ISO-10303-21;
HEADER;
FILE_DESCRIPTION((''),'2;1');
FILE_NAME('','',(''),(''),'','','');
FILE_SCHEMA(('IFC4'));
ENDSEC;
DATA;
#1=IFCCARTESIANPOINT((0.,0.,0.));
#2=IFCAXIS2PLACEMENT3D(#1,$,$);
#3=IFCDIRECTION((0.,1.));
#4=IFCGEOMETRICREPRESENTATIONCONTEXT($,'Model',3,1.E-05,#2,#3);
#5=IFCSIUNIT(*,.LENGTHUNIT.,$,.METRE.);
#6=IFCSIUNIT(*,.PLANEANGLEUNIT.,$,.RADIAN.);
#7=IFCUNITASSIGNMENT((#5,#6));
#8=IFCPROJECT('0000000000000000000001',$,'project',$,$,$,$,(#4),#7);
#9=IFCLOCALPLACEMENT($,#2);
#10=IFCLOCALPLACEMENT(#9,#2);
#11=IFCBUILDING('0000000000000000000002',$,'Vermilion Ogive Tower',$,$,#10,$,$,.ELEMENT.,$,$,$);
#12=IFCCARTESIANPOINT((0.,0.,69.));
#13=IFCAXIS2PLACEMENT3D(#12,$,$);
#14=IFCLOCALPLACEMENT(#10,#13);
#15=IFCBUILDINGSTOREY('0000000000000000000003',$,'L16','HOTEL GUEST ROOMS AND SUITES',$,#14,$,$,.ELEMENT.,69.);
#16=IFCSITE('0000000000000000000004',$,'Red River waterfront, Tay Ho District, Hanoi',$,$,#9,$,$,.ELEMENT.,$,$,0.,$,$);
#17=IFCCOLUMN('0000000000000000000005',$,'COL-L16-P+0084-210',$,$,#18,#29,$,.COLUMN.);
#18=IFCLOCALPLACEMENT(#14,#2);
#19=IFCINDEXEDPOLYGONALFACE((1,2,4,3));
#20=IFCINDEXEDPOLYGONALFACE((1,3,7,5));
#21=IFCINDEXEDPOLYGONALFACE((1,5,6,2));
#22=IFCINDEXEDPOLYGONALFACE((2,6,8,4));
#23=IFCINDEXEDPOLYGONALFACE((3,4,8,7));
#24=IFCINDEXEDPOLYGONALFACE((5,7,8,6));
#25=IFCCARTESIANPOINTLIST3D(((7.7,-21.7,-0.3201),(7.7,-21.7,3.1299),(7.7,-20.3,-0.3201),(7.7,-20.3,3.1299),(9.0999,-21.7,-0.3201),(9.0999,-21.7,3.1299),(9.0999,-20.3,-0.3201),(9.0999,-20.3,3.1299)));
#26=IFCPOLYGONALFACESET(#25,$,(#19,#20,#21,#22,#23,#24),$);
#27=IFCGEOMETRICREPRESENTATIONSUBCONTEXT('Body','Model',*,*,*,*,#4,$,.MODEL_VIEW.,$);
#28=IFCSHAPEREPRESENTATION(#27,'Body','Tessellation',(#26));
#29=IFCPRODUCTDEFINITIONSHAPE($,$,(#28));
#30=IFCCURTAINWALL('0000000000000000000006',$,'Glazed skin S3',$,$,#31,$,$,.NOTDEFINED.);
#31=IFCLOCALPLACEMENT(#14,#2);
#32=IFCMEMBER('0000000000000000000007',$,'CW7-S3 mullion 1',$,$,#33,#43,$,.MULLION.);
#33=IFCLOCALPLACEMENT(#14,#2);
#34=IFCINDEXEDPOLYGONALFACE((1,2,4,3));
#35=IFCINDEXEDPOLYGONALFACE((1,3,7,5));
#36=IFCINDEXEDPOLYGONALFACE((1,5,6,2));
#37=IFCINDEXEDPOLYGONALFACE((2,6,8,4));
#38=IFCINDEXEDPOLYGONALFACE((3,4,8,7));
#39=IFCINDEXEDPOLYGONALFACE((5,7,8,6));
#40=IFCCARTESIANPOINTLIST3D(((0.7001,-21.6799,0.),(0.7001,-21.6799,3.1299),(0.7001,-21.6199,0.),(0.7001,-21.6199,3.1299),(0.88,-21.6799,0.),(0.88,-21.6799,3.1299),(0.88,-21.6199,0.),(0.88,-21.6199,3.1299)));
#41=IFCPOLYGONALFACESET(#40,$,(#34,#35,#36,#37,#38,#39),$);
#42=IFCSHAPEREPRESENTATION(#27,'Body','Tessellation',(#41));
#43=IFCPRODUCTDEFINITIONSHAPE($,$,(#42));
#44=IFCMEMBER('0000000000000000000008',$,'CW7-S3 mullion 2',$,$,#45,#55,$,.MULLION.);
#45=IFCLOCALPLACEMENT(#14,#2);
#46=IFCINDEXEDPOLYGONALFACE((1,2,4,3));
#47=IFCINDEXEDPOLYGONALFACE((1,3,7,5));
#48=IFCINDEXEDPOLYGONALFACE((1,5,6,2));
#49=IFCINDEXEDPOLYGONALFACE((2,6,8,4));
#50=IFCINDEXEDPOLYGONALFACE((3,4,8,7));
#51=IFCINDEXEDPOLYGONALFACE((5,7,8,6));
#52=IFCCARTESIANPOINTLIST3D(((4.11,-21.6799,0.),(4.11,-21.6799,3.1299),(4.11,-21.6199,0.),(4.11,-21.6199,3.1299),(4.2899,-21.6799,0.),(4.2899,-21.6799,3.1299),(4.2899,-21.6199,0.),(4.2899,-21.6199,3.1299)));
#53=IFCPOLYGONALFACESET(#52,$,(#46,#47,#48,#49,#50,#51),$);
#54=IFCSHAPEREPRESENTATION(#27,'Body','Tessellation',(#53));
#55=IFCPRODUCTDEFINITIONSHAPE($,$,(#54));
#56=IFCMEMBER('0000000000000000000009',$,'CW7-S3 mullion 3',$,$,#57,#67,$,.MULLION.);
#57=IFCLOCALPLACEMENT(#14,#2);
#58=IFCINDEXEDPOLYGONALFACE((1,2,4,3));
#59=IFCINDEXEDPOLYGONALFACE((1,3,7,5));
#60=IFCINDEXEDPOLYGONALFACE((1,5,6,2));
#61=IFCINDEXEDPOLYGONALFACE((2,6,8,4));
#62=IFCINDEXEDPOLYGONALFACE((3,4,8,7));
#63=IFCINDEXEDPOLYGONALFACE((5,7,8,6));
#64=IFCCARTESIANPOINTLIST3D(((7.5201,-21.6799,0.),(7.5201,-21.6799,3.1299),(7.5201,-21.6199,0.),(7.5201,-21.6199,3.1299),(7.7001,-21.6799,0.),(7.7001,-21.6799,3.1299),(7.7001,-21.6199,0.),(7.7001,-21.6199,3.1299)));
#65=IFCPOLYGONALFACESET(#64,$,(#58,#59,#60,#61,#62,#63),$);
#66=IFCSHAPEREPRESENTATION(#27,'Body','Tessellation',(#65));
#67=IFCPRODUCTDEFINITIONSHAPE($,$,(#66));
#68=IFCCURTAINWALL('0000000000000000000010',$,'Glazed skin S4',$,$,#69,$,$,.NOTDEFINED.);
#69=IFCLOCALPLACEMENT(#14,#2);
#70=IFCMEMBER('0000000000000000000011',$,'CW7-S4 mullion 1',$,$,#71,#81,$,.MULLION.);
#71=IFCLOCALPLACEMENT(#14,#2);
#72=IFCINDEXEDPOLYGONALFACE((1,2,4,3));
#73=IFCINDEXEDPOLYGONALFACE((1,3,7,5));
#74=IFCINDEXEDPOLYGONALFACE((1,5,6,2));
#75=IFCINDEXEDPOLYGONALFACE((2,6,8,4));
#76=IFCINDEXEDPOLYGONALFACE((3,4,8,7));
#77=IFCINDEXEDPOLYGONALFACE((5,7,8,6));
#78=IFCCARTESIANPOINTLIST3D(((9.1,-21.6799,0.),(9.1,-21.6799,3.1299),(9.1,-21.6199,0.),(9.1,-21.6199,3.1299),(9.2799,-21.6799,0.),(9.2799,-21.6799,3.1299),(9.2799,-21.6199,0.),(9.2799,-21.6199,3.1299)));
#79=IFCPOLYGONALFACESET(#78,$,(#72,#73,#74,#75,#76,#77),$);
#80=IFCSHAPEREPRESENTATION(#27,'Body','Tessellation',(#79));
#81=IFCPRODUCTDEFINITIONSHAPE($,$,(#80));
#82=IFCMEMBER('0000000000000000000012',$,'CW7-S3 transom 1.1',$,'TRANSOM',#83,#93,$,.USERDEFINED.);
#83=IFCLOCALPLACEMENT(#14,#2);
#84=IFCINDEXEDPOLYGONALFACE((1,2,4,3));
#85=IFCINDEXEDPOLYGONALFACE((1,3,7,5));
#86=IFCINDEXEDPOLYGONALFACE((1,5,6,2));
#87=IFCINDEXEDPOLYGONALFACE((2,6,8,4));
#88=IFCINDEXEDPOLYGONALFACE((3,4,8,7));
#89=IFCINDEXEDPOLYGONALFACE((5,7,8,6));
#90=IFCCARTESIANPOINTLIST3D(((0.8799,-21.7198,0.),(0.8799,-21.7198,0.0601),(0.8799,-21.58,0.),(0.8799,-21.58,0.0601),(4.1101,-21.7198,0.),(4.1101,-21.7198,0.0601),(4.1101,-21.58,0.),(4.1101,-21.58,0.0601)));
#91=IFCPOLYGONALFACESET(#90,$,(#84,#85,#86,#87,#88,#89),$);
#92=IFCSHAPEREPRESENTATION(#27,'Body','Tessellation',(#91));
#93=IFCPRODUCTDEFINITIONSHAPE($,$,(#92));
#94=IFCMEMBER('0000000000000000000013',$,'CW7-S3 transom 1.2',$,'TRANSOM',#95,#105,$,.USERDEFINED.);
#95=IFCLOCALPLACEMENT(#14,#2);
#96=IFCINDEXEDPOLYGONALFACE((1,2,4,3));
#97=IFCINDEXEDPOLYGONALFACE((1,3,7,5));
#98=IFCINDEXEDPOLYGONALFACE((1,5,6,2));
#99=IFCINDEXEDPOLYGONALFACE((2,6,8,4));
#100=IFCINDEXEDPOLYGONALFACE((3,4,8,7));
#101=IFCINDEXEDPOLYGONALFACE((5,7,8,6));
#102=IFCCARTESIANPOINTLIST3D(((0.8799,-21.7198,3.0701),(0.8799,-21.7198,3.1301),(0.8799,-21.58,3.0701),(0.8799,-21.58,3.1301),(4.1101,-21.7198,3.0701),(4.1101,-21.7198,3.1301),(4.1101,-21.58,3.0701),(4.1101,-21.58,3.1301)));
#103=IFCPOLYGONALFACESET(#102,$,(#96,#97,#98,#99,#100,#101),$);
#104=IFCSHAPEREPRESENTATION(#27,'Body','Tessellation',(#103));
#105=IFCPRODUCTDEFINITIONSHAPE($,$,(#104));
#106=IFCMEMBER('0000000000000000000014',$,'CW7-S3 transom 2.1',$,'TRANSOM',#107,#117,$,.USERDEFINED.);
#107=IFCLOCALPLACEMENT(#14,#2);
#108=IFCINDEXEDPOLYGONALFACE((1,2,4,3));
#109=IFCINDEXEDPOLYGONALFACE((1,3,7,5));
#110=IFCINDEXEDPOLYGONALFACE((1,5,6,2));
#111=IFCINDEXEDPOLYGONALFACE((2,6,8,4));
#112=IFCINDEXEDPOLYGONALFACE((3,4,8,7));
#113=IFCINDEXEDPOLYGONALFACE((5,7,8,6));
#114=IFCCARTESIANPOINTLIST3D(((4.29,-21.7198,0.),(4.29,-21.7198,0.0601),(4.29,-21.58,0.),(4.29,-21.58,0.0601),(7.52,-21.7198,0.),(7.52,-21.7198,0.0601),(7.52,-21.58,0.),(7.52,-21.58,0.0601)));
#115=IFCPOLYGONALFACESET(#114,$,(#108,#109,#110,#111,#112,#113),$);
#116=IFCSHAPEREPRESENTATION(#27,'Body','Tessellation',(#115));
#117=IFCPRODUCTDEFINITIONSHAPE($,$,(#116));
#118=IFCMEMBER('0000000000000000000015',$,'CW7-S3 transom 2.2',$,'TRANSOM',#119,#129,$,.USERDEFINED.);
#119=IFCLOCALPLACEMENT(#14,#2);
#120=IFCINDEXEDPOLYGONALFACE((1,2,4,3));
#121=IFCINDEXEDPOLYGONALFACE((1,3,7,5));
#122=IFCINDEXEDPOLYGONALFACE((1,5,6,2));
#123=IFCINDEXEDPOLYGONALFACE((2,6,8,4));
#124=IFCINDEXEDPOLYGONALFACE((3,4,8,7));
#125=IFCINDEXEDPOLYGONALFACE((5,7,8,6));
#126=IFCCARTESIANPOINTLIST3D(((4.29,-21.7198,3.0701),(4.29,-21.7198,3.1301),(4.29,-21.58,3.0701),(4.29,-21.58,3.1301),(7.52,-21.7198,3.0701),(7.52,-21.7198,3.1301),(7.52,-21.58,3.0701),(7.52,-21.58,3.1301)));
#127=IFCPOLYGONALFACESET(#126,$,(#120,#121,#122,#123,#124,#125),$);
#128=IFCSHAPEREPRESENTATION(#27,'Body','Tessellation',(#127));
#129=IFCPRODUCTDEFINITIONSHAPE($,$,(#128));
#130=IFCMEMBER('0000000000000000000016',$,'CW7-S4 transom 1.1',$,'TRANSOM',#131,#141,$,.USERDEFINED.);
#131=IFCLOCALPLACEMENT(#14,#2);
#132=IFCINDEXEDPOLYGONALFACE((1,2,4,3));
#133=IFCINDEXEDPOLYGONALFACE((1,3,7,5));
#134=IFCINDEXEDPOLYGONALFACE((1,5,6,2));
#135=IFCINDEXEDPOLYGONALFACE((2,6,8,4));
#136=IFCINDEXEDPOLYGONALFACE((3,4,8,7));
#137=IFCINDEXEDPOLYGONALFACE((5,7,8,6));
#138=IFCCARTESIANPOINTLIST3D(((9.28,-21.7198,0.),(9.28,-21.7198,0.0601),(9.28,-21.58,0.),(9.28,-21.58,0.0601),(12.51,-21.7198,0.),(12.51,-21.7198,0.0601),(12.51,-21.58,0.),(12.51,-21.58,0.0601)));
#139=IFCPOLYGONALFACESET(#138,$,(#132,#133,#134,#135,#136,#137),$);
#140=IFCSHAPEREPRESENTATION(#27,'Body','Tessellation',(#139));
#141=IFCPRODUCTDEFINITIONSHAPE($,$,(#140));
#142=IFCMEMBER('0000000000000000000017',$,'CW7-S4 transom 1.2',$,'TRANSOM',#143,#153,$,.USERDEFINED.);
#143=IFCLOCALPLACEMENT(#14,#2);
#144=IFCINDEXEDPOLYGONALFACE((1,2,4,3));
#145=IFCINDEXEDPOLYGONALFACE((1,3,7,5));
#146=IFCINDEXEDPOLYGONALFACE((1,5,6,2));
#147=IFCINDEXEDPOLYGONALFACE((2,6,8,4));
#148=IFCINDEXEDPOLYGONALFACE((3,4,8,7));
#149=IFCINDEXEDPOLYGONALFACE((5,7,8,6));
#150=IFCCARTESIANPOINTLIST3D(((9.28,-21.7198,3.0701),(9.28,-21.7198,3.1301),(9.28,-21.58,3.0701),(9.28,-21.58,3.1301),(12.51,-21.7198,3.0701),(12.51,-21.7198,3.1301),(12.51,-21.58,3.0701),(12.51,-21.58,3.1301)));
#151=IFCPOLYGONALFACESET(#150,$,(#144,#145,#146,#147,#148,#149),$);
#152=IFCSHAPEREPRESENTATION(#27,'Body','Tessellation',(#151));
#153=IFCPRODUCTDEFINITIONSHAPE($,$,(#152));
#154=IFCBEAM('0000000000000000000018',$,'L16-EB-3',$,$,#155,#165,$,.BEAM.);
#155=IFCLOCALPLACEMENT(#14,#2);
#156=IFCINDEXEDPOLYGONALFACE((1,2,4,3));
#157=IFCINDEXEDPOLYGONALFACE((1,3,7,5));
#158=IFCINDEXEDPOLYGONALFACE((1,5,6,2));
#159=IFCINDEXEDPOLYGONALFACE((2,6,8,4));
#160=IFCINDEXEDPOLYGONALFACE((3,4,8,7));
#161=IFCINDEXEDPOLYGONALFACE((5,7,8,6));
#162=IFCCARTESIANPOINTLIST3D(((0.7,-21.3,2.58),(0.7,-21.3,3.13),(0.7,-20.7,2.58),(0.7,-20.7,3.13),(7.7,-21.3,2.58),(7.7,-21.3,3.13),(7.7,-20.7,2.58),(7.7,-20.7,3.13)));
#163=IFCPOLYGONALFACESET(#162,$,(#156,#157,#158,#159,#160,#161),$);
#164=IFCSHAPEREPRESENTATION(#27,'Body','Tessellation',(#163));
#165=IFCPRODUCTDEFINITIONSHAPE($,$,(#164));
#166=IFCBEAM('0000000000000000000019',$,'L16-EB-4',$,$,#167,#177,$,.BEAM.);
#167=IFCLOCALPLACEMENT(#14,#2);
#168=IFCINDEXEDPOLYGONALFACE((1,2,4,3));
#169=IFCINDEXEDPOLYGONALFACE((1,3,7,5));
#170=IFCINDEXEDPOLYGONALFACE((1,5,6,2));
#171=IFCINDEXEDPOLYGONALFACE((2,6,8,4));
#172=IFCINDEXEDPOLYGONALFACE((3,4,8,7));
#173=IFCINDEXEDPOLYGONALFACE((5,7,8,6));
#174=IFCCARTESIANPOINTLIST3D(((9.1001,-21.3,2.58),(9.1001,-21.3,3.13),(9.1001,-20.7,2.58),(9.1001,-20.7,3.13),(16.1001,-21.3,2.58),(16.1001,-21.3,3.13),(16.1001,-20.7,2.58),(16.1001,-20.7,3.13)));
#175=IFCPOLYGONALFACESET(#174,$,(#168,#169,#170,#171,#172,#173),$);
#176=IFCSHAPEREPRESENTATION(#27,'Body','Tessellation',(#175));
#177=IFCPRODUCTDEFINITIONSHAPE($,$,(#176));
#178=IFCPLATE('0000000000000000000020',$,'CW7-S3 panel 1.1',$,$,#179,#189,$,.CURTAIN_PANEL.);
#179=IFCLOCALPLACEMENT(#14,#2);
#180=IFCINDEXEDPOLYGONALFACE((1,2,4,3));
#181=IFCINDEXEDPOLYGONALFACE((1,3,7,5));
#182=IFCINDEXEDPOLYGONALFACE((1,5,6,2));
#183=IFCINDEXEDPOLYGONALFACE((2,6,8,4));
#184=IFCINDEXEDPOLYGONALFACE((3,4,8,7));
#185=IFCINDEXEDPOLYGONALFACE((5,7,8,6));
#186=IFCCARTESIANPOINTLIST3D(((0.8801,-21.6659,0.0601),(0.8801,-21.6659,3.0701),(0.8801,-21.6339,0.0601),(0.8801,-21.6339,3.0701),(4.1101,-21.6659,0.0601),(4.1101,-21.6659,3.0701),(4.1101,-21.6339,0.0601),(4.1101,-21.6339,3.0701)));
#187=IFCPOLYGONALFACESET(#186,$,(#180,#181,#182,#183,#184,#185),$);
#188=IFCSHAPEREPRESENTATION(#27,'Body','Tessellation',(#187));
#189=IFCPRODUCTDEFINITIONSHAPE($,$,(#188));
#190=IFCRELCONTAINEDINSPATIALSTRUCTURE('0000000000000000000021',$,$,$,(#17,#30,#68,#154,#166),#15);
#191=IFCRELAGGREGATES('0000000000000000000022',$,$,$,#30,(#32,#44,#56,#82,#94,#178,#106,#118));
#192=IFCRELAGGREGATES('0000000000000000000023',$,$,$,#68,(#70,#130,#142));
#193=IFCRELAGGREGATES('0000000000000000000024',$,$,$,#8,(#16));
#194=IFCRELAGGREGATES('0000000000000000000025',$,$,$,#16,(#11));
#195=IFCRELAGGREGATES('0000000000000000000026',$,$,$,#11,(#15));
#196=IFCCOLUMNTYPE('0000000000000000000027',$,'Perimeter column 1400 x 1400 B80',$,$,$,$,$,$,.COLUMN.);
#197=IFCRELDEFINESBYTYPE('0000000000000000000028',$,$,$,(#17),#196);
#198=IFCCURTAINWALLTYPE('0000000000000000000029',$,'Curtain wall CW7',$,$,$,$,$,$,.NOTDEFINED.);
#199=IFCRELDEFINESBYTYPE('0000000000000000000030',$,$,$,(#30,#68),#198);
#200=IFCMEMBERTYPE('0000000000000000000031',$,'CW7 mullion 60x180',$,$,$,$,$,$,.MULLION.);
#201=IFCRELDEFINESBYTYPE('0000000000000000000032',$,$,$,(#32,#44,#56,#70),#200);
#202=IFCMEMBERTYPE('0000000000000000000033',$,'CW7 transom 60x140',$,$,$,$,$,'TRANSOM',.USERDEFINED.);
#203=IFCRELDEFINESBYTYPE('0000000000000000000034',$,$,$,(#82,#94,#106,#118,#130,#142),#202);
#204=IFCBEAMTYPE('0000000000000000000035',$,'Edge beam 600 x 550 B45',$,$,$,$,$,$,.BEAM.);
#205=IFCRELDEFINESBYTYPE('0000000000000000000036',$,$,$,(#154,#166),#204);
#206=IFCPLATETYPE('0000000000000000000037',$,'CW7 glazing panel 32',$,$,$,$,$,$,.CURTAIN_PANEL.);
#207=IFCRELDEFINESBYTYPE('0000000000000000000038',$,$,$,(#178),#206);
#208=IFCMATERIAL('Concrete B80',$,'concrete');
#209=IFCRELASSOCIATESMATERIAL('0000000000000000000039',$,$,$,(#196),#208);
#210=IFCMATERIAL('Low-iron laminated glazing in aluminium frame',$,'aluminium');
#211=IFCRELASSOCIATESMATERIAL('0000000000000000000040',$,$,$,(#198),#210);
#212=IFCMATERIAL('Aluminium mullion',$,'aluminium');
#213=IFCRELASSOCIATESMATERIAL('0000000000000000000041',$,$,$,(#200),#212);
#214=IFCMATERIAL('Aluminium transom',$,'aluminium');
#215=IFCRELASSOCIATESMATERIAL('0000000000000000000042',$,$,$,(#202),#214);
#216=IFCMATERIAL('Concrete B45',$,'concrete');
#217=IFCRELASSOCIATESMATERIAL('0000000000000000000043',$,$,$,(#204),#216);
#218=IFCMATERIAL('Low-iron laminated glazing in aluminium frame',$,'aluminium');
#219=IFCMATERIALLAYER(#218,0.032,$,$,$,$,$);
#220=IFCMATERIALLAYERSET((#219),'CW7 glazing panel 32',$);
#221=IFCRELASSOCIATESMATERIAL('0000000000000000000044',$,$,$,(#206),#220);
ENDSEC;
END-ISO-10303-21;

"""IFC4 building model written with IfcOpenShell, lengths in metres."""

from ifc_helpers import new_model, si_unit, direction, frame, origin, origin_2d, place, context, subcontext, project, spatial, rectangle, extrude, material, layer, layer_set, material_profile, profile_set, type_object, element, aggregate, save


model = new_model("IFC4")

# Units and contexts
model_context = context("Model", 3, precision=1e-05, world=origin(), true_north=direction((0.0, 1.0)))
body_context = subcontext(model_context, "Body", "Model", "MODEL_VIEW")
ifc_project = project(units=[si_unit("LENGTHUNIT", "METRE"), si_unit("PLANEANGLEUNIT", "RADIAN")], contexts=[model_context])

# Site, building, storey
site_placement = place(None, origin())
site = spatial("IfcSite", under=ifc_project, at=site_placement, Name="Red River waterfront, Tay Ho District, Hanoi", CompositionType="ELEMENT", RefElevation=0.0)
building_placement = place(site_placement, origin())
building = spatial("IfcBuilding", under=site, at=building_placement, Name="Vermilion Ogive Tower", CompositionType="ELEMENT")
storey_placement = place(building_placement, frame((0.0, 0.0, 69.0)))
storey = spatial("IfcBuildingStorey", under=building, at=storey_placement, Name="L16", Description="HOTEL GUEST ROOMS AND SUITES", CompositionType="ELEMENT", Elevation=69.0)

# Column
ifc_material_1 = material(Name="Concrete B80", Category="concrete")
ifc_material_profile_1 = material_profile(ifc_material_1, rectangle(XDim=1.3999, YDim=1.3999, at=origin_2d()), Name="1400 x 1400")
ifc_profile_set_1 = profile_set([ifc_material_profile_1], Name="Concrete B80")
column_type = type_object("IfcColumnType", Name="Perimeter column 1400 x 1400 B80", PredefinedType="COLUMN", material=ifc_profile_set_1)
column_placement = place(storey_placement, frame((8.3999, -21.0, -0.3201), z_axis=(0.0, 0.0, 1.0), x_axis=(1.0, 0.0, 0.0)))
element("IfcColumn", 1, at=column_placement, inside=storey, type_object=column_type, Name="COL-L16-P+0084-210", PredefinedType="COLUMN", context=body_context, shape_type="SweptSolid", body=[
    extrude(rectangle(XDim=1.3999, YDim=1.3999, at=origin_2d()), origin(), (0.0, 0.0, 1.0), 3.45),
])

# Curtain wall, members
ifc_material_2 = material(Name="Low-iron laminated glazing in aluminium frame", Category="aluminium")
curtain_wall_type = type_object("IfcCurtainWallType", Name="Curtain wall CW7", PredefinedType="NOTDEFINED", material=ifc_material_2)
curtain_wall_1_placement = place(storey_placement, origin())
curtain_wall_1 = element("IfcCurtainWall", 2, at=curtain_wall_1_placement, inside=storey, type_object=curtain_wall_type, Name="Glazed skin S3", PredefinedType="NOTDEFINED")
ifc_material_3 = material(Name="Aluminium mullion", Category="aluminium")
ifc_material_profile_2 = material_profile(ifc_material_3, rectangle(XDim=0.0601, YDim=0.1799, at=origin_2d()), Name="AL 60x180")
ifc_profile_set_2 = profile_set([ifc_material_profile_2], Name="Aluminium mullion")
member_type_1 = type_object("IfcMemberType", Name="CW7 mullion 60x180", PredefinedType="MULLION", material=ifc_profile_set_2)
member_1_placement = place(storey_placement, frame((0.79, -21.6499, 0.0), z_axis=(0.0, 0.0, 1.0), x_axis=(0.0, 1.0, 0.0)))
member_1 = element("IfcMember", 3, at=member_1_placement, type_object=member_type_1, Name="CW7-S3 mullion 1", PredefinedType="MULLION", context=body_context, shape_type="SweptSolid", body=[
    extrude(rectangle(XDim=0.0601, YDim=0.1799, at=origin_2d()), origin(), (0.0, 0.0, 1.0), 3.1299),
])
member_2_placement = place(storey_placement, frame((4.2, -21.6499, 0.0), z_axis=(0.0, 0.0, 1.0), x_axis=(0.0, 1.0, 0.0)))
member_2 = element("IfcMember", 4, at=member_2_placement, type_object=member_type_1, Name="CW7-S3 mullion 2", PredefinedType="MULLION", context=body_context, shape_type="SweptSolid", body=[
    extrude(rectangle(XDim=0.0601, YDim=0.1799, at=origin_2d()), origin(), (0.0, 0.0, 1.0), 3.1299),
])
member_3_placement = place(storey_placement, frame((7.6101, -21.6499, 0.0), z_axis=(0.0, 0.0, 1.0), x_axis=(0.0, 1.0, 0.0)))
member_3 = element("IfcMember", 5, at=member_3_placement, type_object=member_type_1, Name="CW7-S3 mullion 3", PredefinedType="MULLION", context=body_context, shape_type="SweptSolid", body=[
    extrude(rectangle(XDim=0.0601, YDim=0.1799, at=origin_2d()), origin(), (0.0, 0.0, 1.0), 3.1299),
])

# Curtain wall, member
curtain_wall_2_placement = place(storey_placement, origin())
curtain_wall_2 = element("IfcCurtainWall", 6, at=curtain_wall_2_placement, inside=storey, type_object=curtain_wall_type, Name="Glazed skin S4", PredefinedType="NOTDEFINED")
member_4_placement = place(storey_placement, frame((9.1899, -21.6499, 0.0), z_axis=(0.0, 0.0, 1.0), x_axis=(0.0, 1.0, 0.0)))
member_4 = element("IfcMember", 7, at=member_4_placement, type_object=member_type_1, Name="CW7-S4 mullion 1", PredefinedType="MULLION", context=body_context, shape_type="SweptSolid", body=[
    extrude(rectangle(XDim=0.0601, YDim=0.1799, at=origin_2d()), origin(), (0.0, 0.0, 1.0), 3.1299),
])

# Members
ifc_material_4 = material(Name="Aluminium transom", Category="aluminium")
ifc_material_profile_3 = material_profile(ifc_material_4, rectangle(XDim=0.1399, YDim=0.0601, at=origin_2d()), Name="AL 60x140")
ifc_profile_set_3 = profile_set([ifc_material_profile_3], Name="Aluminium transom")
member_type_2 = type_object("IfcMemberType", Name="CW7 transom 60x140", ElementType="TRANSOM", PredefinedType="USERDEFINED", material=ifc_profile_set_3)
member_5_placement = place(storey_placement, frame((0.8799, -21.6499, 0.03), z_axis=(1.0, 0.0, 0.0), x_axis=(0.0, 1.0, 0.0)))
member_5 = element("IfcMember", 8, at=member_5_placement, type_object=member_type_2, Name="CW7-S3 transom 1.1", ObjectType="TRANSOM", PredefinedType="USERDEFINED", context=body_context, shape_type="SweptSolid", body=[
    extrude(rectangle(XDim=0.1399, YDim=0.0601, at=origin_2d()), origin(), (0.0, 0.0, 1.0), 3.2302),
])
member_6_placement = place(storey_placement, frame((0.8799, -21.6499, 3.1001), z_axis=(1.0, 0.0, 0.0), x_axis=(0.0, 1.0, 0.0)))
member_6 = element("IfcMember", 9, at=member_6_placement, type_object=member_type_2, Name="CW7-S3 transom 1.2", ObjectType="TRANSOM", PredefinedType="USERDEFINED", context=body_context, shape_type="SweptSolid", body=[
    extrude(rectangle(XDim=0.1399, YDim=0.0601, at=origin_2d()), origin(), (0.0, 0.0, 1.0), 3.2302),
])
member_7_placement = place(storey_placement, frame((4.29, -21.6499, 0.03), z_axis=(1.0, 0.0, 0.0), x_axis=(0.0, 1.0, 0.0)))
member_7 = element("IfcMember", 10, at=member_7_placement, type_object=member_type_2, Name="CW7-S3 transom 2.1", ObjectType="TRANSOM", PredefinedType="USERDEFINED", context=body_context, shape_type="SweptSolid", body=[
    extrude(rectangle(XDim=0.1399, YDim=0.0601, at=origin_2d()), origin(), (0.0, 0.0, 1.0), 3.23),
])
member_8_placement = place(storey_placement, frame((4.29, -21.6499, 3.1001), z_axis=(1.0, 0.0, 0.0), x_axis=(0.0, 1.0, 0.0)))
member_8 = element("IfcMember", 11, at=member_8_placement, type_object=member_type_2, Name="CW7-S3 transom 2.2", ObjectType="TRANSOM", PredefinedType="USERDEFINED", context=body_context, shape_type="SweptSolid", body=[
    extrude(rectangle(XDim=0.1399, YDim=0.0601, at=origin_2d()), origin(), (0.0, 0.0, 1.0), 3.23),
])
member_9_placement = place(storey_placement, frame((9.28, -21.6499, 0.03), z_axis=(1.0, 0.0, 0.0), x_axis=(0.0, 1.0, 0.0)))
member_9 = element("IfcMember", 12, at=member_9_placement, type_object=member_type_2, Name="CW7-S4 transom 1.1", ObjectType="TRANSOM", PredefinedType="USERDEFINED", context=body_context, shape_type="SweptSolid", body=[
    extrude(rectangle(XDim=0.1399, YDim=0.0601, at=origin_2d()), origin(), (0.0, 0.0, 1.0), 3.23),
])
member_10_placement = place(storey_placement, frame((9.28, -21.6499, 3.1001), z_axis=(1.0, 0.0, 0.0), x_axis=(0.0, 1.0, 0.0)))
member_10 = element("IfcMember", 13, at=member_10_placement, type_object=member_type_2, Name="CW7-S4 transom 1.2", ObjectType="TRANSOM", PredefinedType="USERDEFINED", context=body_context, shape_type="SweptSolid", body=[
    extrude(rectangle(XDim=0.1399, YDim=0.0601, at=origin_2d()), origin(), (0.0, 0.0, 1.0), 3.23),
])

# Beams
ifc_material_5 = material(Name="Concrete B45", Category="concrete")
ifc_material_profile_4 = material_profile(ifc_material_5, rectangle(XDim=0.6001, YDim=0.55, at=origin_2d()), Name="600 x 550")
ifc_profile_set_4 = profile_set([ifc_material_profile_4], Name="Concrete B45")
beam_type = type_object("IfcBeamType", Name="Edge beam 600 x 550 B45", PredefinedType="BEAM", material=ifc_profile_set_4)
for number, where, z_axis, x_axis, name in (
    (14, (0.7, -21.0, 2.855), (1.0, 0.0, 0.0), (0.0, 1.0, 0.0), "L16-EB-3"),
    (15, (9.1001, -21.0, 2.855), (1.0, 0.0, 0.0), (0.0, 1.0, 0.0), "L16-EB-4"),
):
    element("IfcBeam", number, at=place(storey_placement, frame(where, z_axis=z_axis, x_axis=x_axis)), inside=storey, type_object=beam_type, Name=name, PredefinedType="BEAM", context=body_context, shape_type="SweptSolid", body=[
        extrude(rectangle(XDim=0.6001, YDim=0.55, at=origin_2d()), origin(), (0.0, 0.0, 1.0), 7.0),
    ])

# Plate
ifc_material_6 = material(Name="Low-iron laminated glazing in aluminium frame", Category="aluminium")
ifc_layer_1 = layer(ifc_material_6, 0.032)
ifc_layer_set_1 = layer_set([ifc_layer_1], Name="CW7 glazing panel 32")
plate_type = type_object("IfcPlateType", Name="CW7 glazing panel 32", PredefinedType="CURTAIN_PANEL", material=ifc_layer_set_1)
plate_1_placement = place(storey_placement, frame((2.4951, -21.6499, 0.0601), z_axis=(0.0, 0.0, 1.0), x_axis=(1.0, 0.0, 0.0)))
plate_1 = element("IfcPlate", 16, at=plate_1_placement, type_object=plate_type, Name="CW7-S3 panel 1.1", PredefinedType="CURTAIN_PANEL", context=body_context, shape_type="SweptSolid", body=[
    extrude(rectangle(XDim=3.23, YDim=0.032, at=origin_2d()), origin(), (0.0, 0.0, 1.0), 3.01),
])
aggregate(curtain_wall_1, [member_1, member_2, member_3, member_5, member_6, plate_1, member_7, member_8])
aggregate(curtain_wall_2, [member_4, member_9, member_10])

save(model, "model.ifc")
